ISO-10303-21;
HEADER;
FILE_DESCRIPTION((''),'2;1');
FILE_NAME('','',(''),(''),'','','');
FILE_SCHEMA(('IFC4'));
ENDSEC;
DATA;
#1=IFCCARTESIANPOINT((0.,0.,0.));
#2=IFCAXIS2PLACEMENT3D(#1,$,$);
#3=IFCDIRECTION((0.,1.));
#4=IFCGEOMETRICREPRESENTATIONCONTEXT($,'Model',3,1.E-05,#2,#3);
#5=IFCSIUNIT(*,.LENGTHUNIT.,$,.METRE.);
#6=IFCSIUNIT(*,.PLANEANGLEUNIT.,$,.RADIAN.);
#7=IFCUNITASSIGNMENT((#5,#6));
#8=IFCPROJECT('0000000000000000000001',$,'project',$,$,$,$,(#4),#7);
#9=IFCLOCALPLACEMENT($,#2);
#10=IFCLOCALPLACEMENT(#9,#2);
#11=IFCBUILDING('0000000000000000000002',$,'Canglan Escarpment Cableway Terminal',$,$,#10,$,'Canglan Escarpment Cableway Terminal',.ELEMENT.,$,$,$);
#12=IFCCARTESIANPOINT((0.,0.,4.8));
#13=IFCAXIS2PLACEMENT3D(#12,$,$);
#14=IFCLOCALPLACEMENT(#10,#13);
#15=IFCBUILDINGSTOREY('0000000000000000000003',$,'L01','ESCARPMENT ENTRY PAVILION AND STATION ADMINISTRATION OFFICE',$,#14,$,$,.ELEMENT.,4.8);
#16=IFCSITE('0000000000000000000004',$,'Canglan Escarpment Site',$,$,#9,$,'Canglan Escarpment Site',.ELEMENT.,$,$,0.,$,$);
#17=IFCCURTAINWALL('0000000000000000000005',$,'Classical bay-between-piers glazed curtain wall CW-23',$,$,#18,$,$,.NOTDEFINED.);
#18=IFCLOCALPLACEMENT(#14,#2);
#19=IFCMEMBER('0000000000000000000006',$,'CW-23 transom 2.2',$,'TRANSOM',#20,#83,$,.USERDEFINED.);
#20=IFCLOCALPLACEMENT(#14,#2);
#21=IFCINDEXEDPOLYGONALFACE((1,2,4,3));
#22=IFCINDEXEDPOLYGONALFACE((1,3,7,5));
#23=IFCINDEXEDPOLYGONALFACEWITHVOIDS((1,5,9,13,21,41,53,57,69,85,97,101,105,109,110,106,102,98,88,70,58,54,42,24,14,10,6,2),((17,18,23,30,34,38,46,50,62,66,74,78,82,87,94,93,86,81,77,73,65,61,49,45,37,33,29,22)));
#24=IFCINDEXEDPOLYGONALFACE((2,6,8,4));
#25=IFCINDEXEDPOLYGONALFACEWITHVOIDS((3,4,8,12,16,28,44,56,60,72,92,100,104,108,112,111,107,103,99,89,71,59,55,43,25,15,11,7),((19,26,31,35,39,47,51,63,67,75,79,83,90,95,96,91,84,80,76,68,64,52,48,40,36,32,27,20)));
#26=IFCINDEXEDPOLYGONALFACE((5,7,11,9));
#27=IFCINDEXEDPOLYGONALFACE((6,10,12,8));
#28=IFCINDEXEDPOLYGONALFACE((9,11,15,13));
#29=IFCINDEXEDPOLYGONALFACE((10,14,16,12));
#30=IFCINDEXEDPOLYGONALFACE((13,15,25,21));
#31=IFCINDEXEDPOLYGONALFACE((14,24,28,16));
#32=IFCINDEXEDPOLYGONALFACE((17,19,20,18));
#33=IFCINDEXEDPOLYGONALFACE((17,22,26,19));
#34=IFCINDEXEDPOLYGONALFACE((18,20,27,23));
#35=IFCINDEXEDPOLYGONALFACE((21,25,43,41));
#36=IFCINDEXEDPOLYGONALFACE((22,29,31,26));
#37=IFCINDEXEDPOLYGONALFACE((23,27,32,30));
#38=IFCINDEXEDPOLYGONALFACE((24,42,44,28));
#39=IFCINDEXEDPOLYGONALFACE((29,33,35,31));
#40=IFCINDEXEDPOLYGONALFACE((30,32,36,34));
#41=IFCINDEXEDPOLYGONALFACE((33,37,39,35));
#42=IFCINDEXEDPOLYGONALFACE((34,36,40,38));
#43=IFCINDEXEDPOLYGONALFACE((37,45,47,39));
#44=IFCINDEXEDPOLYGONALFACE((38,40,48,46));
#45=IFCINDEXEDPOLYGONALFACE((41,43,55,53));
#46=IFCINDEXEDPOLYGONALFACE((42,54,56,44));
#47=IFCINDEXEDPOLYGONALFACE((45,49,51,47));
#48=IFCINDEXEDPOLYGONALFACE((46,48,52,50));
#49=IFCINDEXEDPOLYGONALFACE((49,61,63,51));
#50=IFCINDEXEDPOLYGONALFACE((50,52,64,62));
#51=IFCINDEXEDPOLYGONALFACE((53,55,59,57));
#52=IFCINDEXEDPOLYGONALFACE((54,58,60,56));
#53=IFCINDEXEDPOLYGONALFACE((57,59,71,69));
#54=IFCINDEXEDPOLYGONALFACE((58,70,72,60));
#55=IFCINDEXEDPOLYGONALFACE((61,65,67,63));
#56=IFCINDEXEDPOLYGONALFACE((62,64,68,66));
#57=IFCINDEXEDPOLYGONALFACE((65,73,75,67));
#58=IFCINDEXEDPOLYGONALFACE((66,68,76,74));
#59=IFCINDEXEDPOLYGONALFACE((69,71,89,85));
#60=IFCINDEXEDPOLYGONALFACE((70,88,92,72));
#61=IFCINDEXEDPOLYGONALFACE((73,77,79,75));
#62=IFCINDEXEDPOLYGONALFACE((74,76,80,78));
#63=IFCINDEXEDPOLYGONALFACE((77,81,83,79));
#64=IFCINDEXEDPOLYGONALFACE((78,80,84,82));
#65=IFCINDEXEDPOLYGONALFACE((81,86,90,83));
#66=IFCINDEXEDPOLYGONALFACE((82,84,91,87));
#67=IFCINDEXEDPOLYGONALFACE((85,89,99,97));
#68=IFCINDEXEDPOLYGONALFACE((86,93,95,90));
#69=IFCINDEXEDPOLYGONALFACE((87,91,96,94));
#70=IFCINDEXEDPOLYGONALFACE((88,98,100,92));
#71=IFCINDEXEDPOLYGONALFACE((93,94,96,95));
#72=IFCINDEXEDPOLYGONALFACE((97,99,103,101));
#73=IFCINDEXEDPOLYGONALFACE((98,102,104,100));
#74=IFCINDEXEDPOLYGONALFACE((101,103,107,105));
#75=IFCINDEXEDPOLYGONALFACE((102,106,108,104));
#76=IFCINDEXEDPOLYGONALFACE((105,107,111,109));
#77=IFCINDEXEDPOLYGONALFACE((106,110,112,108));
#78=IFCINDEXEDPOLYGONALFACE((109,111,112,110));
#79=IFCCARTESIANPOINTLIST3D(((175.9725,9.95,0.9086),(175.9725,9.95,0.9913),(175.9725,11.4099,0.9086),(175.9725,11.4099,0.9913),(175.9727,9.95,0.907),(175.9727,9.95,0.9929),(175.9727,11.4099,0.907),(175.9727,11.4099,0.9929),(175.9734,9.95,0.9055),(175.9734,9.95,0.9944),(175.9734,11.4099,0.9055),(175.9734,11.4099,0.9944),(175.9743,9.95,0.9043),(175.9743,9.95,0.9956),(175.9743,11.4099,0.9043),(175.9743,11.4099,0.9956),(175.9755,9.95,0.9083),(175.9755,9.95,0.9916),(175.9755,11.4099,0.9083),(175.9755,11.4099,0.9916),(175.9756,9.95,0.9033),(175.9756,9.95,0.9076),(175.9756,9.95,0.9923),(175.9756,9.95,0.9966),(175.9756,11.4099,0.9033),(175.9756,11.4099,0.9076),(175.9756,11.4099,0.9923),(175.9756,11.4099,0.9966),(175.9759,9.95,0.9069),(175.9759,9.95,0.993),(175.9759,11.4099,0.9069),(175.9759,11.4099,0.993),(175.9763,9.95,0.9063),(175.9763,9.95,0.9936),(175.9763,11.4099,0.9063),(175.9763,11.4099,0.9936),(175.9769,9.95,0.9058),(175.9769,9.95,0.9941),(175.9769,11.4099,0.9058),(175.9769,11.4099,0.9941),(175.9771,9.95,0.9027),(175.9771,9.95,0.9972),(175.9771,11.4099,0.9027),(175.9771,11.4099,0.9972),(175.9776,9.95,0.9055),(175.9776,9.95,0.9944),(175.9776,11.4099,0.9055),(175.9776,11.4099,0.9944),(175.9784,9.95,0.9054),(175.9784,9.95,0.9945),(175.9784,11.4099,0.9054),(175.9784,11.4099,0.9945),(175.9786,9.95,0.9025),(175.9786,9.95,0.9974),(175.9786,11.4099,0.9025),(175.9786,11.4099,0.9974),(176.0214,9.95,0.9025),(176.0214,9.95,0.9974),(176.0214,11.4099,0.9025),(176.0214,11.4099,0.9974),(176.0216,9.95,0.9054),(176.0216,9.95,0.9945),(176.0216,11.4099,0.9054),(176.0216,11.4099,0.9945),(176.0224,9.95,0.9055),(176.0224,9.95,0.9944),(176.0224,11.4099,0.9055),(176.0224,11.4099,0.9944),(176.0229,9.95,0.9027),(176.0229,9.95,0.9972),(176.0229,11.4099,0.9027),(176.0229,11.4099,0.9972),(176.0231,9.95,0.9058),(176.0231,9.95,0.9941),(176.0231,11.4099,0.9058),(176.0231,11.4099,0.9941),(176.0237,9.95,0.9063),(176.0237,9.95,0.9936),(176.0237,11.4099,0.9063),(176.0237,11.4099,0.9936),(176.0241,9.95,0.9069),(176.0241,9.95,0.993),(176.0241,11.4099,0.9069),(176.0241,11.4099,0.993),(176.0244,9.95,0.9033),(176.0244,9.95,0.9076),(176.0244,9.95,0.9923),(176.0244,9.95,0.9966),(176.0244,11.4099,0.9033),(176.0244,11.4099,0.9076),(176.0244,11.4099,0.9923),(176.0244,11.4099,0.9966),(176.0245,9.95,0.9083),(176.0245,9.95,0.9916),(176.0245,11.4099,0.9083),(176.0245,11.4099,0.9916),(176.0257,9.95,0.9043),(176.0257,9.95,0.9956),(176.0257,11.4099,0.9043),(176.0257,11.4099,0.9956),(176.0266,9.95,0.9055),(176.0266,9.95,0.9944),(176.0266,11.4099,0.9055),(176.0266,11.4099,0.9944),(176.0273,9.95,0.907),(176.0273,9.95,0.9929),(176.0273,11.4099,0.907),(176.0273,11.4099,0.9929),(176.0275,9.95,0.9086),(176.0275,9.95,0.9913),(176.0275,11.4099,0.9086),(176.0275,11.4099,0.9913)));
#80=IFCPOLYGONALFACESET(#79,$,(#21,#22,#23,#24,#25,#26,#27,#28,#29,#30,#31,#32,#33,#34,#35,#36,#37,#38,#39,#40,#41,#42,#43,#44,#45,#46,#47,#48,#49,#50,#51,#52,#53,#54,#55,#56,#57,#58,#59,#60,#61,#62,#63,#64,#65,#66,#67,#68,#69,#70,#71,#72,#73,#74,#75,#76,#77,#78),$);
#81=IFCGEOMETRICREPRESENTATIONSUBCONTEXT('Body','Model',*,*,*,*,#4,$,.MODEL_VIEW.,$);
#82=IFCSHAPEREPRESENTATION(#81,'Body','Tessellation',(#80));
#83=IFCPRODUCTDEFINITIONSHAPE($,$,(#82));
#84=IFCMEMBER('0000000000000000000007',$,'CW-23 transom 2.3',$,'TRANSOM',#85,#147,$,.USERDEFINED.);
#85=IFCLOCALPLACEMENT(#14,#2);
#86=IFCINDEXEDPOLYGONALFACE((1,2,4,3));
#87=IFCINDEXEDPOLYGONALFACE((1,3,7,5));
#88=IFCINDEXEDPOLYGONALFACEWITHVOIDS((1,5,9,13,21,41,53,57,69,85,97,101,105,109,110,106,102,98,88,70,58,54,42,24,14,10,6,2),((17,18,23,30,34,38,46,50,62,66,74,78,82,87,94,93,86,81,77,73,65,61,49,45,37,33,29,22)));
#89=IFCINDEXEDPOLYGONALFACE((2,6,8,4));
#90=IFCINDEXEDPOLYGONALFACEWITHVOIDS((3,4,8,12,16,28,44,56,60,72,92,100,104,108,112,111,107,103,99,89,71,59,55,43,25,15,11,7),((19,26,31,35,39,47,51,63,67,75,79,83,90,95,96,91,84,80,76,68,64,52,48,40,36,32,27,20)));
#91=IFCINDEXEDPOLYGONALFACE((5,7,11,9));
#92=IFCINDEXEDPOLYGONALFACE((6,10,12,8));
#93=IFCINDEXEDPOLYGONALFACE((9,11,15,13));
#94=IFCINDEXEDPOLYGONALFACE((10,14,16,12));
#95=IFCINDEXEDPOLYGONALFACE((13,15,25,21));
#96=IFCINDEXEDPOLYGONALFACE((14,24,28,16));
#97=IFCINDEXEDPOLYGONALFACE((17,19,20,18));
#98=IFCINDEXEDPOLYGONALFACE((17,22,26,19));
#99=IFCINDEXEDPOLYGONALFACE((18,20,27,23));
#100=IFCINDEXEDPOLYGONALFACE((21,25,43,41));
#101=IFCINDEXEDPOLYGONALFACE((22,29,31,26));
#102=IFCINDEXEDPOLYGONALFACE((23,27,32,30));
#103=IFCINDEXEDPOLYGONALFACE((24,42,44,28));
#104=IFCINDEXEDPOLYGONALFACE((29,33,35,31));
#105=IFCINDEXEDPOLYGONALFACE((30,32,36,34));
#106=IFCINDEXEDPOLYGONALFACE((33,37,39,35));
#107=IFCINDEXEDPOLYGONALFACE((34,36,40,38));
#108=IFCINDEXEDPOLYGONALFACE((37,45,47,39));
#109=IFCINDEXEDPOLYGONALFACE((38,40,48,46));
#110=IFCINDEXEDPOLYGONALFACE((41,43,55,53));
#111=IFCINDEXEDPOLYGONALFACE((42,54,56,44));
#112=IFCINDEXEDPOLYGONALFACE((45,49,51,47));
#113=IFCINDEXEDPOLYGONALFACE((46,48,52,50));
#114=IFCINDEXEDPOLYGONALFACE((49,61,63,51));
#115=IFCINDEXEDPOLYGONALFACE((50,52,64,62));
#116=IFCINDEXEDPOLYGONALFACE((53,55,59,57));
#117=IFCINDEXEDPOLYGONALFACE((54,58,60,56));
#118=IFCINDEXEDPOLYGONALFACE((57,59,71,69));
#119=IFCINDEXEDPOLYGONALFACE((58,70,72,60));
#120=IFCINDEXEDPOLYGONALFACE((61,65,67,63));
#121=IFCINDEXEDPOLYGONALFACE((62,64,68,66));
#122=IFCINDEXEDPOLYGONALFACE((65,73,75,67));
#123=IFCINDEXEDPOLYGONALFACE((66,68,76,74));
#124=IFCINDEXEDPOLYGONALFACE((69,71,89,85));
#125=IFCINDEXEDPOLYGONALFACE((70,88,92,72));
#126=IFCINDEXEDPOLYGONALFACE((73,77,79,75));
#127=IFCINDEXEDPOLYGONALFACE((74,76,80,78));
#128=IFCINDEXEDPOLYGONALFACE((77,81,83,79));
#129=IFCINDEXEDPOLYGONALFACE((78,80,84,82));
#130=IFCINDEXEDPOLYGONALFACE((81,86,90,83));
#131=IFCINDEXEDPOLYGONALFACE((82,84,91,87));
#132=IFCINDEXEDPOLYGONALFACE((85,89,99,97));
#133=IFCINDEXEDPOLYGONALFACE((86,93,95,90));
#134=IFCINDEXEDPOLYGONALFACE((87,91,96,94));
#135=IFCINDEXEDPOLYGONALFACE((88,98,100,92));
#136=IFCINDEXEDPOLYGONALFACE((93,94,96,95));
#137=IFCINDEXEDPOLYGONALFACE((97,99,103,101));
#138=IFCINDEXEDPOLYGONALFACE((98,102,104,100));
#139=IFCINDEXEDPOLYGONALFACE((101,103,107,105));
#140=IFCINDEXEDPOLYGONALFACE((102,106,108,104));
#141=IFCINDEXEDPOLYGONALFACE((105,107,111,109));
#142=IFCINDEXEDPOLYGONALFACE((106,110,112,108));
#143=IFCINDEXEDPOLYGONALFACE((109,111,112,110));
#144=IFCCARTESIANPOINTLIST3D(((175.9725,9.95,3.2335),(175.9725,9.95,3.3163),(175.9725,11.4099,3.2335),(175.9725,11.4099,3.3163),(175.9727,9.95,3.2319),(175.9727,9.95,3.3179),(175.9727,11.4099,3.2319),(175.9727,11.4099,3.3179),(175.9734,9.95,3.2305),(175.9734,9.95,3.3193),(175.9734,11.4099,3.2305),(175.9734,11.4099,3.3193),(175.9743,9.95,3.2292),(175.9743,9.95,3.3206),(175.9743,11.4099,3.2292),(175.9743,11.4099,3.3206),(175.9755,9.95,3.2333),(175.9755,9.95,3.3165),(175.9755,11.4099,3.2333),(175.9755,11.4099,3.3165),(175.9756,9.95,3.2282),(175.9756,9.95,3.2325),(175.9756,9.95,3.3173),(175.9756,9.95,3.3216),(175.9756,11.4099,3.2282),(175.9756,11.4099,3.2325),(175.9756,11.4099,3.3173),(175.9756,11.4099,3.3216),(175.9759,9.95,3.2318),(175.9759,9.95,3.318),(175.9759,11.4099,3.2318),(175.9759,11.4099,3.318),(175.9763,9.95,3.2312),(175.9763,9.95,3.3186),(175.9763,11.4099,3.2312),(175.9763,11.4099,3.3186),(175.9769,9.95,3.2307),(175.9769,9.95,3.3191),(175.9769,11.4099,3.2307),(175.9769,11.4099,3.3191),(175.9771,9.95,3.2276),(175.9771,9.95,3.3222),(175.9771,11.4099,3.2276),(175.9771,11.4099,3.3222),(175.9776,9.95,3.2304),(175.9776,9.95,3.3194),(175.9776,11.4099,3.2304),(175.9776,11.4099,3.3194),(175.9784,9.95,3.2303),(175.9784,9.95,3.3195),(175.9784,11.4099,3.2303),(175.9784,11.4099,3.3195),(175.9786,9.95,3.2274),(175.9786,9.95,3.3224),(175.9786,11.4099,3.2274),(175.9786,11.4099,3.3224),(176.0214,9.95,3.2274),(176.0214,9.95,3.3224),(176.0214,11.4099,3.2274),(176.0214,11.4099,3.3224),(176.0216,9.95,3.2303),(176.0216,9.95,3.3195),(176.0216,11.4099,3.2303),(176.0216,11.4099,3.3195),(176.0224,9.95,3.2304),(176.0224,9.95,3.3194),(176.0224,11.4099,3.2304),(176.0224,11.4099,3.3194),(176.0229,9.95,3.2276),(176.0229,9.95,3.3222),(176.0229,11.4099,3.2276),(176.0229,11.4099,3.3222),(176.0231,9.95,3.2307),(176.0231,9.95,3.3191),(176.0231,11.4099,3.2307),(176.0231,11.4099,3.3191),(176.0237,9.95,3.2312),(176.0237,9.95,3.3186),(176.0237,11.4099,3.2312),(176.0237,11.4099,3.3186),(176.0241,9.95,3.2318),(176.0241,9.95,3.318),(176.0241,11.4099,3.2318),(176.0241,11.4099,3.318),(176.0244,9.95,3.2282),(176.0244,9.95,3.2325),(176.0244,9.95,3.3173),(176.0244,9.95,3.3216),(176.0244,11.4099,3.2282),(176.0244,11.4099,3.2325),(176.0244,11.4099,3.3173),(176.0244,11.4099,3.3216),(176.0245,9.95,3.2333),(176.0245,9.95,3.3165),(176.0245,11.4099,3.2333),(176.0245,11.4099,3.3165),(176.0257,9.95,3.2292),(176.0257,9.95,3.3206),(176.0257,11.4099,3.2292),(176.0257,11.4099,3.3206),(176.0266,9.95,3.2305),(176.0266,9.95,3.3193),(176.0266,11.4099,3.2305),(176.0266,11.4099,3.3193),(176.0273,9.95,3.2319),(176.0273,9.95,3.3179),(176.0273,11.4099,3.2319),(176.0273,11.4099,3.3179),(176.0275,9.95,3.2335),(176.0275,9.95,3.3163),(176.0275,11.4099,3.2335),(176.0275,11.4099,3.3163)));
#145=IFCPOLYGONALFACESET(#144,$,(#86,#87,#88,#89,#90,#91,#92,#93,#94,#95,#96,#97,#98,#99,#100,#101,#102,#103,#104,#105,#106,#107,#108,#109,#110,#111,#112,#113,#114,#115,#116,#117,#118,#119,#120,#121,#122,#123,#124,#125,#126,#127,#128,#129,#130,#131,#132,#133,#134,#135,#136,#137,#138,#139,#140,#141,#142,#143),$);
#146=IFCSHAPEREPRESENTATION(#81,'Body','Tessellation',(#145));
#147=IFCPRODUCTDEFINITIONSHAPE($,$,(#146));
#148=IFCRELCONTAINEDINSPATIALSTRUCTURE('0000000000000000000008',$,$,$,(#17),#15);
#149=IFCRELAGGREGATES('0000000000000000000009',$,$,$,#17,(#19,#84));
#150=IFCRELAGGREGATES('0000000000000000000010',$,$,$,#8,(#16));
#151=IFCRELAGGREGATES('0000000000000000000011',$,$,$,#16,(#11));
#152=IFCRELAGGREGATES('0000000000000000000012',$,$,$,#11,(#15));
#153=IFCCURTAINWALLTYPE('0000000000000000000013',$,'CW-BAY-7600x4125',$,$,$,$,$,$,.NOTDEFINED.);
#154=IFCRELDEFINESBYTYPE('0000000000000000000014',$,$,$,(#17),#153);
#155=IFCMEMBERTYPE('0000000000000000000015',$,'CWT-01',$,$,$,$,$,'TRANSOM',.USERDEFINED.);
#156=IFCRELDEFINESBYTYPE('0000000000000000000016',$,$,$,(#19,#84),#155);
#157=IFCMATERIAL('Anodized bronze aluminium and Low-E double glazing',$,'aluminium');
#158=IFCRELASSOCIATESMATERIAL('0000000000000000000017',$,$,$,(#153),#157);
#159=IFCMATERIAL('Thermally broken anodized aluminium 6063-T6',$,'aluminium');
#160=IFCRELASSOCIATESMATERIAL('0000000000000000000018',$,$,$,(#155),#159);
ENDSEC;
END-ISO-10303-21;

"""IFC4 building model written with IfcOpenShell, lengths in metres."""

from ifc_helpers import new_model, si_unit, direction, frame, origin, origin_2d, place, context, subcontext, project, spatial, hollow_rectangle, extrude, material, material_profile, profile_set, type_object, element, aggregate, save


model = new_model("IFC4")

# Units and contexts
model_context = context("Model", 3, precision=1e-05, world=origin(), true_north=direction((0.0, 1.0)))
body_context = subcontext(model_context, "Body", "Model", "MODEL_VIEW")
ifc_project = project(units=[si_unit("LENGTHUNIT", "METRE"), si_unit("PLANEANGLEUNIT", "RADIAN")], contexts=[model_context])

# Site, building, storey
site_placement = place(None, origin())
site = spatial("IfcSite", under=ifc_project, at=site_placement, Name="Canglan Escarpment Site", LongName="Canglan Escarpment Site", CompositionType="ELEMENT", RefElevation=0.0)
building_placement = place(site_placement, origin())
building = spatial("IfcBuilding", under=site, at=building_placement, Name="Canglan Escarpment Cableway Terminal", LongName="Canglan Escarpment Cableway Terminal", CompositionType="ELEMENT")
storey_placement = place(building_placement, frame((0.0, 0.0, 4.8)))
storey = spatial("IfcBuildingStorey", under=building, at=storey_placement, Name="L01", Description="ESCARPMENT ENTRY PAVILION AND STATION ADMINISTRATION OFFICE", CompositionType="ELEMENT", Elevation=4.8)

# Curtain wall, members
ifc_material_1 = material(Name="Anodized bronze aluminium and Low-E double glazing", Category="aluminium")
curtain_wall_type_1 = type_object("IfcCurtainWallType", Name="CW-BAY-7600x4125", PredefinedType="NOTDEFINED", material=ifc_material_1)
curtain_wall_1_placement = place(storey_placement, origin())
curtain_wall_1 = element("IfcCurtainWall", 1, at=curtain_wall_1_placement, inside=storey, type_object=curtain_wall_type_1, Name="Classical bay-between-piers glazed curtain wall CW-23", PredefinedType="NOTDEFINED")
ifc_material_2 = material(Name="Thermally broken anodized aluminium 6063-T6", Category="aluminium")
ifc_material_profile_1 = material_profile(ifc_material_2, hollow_rectangle(XDim=0.0549, YDim=0.095, WallThickness=0.0029, InnerFilletRadius=0.0029, OuterFilletRadius=0.0061, at=origin_2d()), Name="ALU-TRAN 55x95x3")
ifc_profile_set_1 = profile_set([ifc_material_profile_1], Name="Thermally broken anodized aluminium 6063-T6")
member_type_1 = type_object("IfcMemberType", Name="CWT-01", ElementType="TRANSOM", PredefinedType="USERDEFINED", material=ifc_profile_set_1)
member_1_placement = place(storey_placement, frame((176.0, 9.95, 0.95), z_axis=(0.0, 1.0, 0.0), x_axis=(-1.0, 0.0, 0.0)))
member_1 = element("IfcMember", 2, at=member_1_placement, type_object=member_type_1, Name="CW-23 transom 2.2", ObjectType="TRANSOM", PredefinedType="USERDEFINED", context=body_context, shape_type="SweptSolid", body=[
    extrude(hollow_rectangle(XDim=0.0549, YDim=0.095, WallThickness=0.0029, InnerFilletRadius=0.0029, OuterFilletRadius=0.0061, at=origin_2d()), origin(), (0.0, 0.0, 1.0), 1.46),
])
member_2_placement = place(storey_placement, frame((176.0, 9.95, 3.2749), z_axis=(0.0, 1.0, 0.0), x_axis=(-1.0, 0.0, 0.0)))
member_2 = element("IfcMember", 3, at=member_2_placement, type_object=member_type_1, Name="CW-23 transom 2.3", ObjectType="TRANSOM", PredefinedType="USERDEFINED", context=body_context, shape_type="SweptSolid", body=[
    extrude(hollow_rectangle(XDim=0.0549, YDim=0.095, WallThickness=0.0029, InnerFilletRadius=0.0029, OuterFilletRadius=0.0061, at=origin_2d()), origin(), (0.0, 0.0, 1.0), 1.46),
])

aggregate(curtain_wall_1, [member_1, member_2])

save(model, "model.ifc")
